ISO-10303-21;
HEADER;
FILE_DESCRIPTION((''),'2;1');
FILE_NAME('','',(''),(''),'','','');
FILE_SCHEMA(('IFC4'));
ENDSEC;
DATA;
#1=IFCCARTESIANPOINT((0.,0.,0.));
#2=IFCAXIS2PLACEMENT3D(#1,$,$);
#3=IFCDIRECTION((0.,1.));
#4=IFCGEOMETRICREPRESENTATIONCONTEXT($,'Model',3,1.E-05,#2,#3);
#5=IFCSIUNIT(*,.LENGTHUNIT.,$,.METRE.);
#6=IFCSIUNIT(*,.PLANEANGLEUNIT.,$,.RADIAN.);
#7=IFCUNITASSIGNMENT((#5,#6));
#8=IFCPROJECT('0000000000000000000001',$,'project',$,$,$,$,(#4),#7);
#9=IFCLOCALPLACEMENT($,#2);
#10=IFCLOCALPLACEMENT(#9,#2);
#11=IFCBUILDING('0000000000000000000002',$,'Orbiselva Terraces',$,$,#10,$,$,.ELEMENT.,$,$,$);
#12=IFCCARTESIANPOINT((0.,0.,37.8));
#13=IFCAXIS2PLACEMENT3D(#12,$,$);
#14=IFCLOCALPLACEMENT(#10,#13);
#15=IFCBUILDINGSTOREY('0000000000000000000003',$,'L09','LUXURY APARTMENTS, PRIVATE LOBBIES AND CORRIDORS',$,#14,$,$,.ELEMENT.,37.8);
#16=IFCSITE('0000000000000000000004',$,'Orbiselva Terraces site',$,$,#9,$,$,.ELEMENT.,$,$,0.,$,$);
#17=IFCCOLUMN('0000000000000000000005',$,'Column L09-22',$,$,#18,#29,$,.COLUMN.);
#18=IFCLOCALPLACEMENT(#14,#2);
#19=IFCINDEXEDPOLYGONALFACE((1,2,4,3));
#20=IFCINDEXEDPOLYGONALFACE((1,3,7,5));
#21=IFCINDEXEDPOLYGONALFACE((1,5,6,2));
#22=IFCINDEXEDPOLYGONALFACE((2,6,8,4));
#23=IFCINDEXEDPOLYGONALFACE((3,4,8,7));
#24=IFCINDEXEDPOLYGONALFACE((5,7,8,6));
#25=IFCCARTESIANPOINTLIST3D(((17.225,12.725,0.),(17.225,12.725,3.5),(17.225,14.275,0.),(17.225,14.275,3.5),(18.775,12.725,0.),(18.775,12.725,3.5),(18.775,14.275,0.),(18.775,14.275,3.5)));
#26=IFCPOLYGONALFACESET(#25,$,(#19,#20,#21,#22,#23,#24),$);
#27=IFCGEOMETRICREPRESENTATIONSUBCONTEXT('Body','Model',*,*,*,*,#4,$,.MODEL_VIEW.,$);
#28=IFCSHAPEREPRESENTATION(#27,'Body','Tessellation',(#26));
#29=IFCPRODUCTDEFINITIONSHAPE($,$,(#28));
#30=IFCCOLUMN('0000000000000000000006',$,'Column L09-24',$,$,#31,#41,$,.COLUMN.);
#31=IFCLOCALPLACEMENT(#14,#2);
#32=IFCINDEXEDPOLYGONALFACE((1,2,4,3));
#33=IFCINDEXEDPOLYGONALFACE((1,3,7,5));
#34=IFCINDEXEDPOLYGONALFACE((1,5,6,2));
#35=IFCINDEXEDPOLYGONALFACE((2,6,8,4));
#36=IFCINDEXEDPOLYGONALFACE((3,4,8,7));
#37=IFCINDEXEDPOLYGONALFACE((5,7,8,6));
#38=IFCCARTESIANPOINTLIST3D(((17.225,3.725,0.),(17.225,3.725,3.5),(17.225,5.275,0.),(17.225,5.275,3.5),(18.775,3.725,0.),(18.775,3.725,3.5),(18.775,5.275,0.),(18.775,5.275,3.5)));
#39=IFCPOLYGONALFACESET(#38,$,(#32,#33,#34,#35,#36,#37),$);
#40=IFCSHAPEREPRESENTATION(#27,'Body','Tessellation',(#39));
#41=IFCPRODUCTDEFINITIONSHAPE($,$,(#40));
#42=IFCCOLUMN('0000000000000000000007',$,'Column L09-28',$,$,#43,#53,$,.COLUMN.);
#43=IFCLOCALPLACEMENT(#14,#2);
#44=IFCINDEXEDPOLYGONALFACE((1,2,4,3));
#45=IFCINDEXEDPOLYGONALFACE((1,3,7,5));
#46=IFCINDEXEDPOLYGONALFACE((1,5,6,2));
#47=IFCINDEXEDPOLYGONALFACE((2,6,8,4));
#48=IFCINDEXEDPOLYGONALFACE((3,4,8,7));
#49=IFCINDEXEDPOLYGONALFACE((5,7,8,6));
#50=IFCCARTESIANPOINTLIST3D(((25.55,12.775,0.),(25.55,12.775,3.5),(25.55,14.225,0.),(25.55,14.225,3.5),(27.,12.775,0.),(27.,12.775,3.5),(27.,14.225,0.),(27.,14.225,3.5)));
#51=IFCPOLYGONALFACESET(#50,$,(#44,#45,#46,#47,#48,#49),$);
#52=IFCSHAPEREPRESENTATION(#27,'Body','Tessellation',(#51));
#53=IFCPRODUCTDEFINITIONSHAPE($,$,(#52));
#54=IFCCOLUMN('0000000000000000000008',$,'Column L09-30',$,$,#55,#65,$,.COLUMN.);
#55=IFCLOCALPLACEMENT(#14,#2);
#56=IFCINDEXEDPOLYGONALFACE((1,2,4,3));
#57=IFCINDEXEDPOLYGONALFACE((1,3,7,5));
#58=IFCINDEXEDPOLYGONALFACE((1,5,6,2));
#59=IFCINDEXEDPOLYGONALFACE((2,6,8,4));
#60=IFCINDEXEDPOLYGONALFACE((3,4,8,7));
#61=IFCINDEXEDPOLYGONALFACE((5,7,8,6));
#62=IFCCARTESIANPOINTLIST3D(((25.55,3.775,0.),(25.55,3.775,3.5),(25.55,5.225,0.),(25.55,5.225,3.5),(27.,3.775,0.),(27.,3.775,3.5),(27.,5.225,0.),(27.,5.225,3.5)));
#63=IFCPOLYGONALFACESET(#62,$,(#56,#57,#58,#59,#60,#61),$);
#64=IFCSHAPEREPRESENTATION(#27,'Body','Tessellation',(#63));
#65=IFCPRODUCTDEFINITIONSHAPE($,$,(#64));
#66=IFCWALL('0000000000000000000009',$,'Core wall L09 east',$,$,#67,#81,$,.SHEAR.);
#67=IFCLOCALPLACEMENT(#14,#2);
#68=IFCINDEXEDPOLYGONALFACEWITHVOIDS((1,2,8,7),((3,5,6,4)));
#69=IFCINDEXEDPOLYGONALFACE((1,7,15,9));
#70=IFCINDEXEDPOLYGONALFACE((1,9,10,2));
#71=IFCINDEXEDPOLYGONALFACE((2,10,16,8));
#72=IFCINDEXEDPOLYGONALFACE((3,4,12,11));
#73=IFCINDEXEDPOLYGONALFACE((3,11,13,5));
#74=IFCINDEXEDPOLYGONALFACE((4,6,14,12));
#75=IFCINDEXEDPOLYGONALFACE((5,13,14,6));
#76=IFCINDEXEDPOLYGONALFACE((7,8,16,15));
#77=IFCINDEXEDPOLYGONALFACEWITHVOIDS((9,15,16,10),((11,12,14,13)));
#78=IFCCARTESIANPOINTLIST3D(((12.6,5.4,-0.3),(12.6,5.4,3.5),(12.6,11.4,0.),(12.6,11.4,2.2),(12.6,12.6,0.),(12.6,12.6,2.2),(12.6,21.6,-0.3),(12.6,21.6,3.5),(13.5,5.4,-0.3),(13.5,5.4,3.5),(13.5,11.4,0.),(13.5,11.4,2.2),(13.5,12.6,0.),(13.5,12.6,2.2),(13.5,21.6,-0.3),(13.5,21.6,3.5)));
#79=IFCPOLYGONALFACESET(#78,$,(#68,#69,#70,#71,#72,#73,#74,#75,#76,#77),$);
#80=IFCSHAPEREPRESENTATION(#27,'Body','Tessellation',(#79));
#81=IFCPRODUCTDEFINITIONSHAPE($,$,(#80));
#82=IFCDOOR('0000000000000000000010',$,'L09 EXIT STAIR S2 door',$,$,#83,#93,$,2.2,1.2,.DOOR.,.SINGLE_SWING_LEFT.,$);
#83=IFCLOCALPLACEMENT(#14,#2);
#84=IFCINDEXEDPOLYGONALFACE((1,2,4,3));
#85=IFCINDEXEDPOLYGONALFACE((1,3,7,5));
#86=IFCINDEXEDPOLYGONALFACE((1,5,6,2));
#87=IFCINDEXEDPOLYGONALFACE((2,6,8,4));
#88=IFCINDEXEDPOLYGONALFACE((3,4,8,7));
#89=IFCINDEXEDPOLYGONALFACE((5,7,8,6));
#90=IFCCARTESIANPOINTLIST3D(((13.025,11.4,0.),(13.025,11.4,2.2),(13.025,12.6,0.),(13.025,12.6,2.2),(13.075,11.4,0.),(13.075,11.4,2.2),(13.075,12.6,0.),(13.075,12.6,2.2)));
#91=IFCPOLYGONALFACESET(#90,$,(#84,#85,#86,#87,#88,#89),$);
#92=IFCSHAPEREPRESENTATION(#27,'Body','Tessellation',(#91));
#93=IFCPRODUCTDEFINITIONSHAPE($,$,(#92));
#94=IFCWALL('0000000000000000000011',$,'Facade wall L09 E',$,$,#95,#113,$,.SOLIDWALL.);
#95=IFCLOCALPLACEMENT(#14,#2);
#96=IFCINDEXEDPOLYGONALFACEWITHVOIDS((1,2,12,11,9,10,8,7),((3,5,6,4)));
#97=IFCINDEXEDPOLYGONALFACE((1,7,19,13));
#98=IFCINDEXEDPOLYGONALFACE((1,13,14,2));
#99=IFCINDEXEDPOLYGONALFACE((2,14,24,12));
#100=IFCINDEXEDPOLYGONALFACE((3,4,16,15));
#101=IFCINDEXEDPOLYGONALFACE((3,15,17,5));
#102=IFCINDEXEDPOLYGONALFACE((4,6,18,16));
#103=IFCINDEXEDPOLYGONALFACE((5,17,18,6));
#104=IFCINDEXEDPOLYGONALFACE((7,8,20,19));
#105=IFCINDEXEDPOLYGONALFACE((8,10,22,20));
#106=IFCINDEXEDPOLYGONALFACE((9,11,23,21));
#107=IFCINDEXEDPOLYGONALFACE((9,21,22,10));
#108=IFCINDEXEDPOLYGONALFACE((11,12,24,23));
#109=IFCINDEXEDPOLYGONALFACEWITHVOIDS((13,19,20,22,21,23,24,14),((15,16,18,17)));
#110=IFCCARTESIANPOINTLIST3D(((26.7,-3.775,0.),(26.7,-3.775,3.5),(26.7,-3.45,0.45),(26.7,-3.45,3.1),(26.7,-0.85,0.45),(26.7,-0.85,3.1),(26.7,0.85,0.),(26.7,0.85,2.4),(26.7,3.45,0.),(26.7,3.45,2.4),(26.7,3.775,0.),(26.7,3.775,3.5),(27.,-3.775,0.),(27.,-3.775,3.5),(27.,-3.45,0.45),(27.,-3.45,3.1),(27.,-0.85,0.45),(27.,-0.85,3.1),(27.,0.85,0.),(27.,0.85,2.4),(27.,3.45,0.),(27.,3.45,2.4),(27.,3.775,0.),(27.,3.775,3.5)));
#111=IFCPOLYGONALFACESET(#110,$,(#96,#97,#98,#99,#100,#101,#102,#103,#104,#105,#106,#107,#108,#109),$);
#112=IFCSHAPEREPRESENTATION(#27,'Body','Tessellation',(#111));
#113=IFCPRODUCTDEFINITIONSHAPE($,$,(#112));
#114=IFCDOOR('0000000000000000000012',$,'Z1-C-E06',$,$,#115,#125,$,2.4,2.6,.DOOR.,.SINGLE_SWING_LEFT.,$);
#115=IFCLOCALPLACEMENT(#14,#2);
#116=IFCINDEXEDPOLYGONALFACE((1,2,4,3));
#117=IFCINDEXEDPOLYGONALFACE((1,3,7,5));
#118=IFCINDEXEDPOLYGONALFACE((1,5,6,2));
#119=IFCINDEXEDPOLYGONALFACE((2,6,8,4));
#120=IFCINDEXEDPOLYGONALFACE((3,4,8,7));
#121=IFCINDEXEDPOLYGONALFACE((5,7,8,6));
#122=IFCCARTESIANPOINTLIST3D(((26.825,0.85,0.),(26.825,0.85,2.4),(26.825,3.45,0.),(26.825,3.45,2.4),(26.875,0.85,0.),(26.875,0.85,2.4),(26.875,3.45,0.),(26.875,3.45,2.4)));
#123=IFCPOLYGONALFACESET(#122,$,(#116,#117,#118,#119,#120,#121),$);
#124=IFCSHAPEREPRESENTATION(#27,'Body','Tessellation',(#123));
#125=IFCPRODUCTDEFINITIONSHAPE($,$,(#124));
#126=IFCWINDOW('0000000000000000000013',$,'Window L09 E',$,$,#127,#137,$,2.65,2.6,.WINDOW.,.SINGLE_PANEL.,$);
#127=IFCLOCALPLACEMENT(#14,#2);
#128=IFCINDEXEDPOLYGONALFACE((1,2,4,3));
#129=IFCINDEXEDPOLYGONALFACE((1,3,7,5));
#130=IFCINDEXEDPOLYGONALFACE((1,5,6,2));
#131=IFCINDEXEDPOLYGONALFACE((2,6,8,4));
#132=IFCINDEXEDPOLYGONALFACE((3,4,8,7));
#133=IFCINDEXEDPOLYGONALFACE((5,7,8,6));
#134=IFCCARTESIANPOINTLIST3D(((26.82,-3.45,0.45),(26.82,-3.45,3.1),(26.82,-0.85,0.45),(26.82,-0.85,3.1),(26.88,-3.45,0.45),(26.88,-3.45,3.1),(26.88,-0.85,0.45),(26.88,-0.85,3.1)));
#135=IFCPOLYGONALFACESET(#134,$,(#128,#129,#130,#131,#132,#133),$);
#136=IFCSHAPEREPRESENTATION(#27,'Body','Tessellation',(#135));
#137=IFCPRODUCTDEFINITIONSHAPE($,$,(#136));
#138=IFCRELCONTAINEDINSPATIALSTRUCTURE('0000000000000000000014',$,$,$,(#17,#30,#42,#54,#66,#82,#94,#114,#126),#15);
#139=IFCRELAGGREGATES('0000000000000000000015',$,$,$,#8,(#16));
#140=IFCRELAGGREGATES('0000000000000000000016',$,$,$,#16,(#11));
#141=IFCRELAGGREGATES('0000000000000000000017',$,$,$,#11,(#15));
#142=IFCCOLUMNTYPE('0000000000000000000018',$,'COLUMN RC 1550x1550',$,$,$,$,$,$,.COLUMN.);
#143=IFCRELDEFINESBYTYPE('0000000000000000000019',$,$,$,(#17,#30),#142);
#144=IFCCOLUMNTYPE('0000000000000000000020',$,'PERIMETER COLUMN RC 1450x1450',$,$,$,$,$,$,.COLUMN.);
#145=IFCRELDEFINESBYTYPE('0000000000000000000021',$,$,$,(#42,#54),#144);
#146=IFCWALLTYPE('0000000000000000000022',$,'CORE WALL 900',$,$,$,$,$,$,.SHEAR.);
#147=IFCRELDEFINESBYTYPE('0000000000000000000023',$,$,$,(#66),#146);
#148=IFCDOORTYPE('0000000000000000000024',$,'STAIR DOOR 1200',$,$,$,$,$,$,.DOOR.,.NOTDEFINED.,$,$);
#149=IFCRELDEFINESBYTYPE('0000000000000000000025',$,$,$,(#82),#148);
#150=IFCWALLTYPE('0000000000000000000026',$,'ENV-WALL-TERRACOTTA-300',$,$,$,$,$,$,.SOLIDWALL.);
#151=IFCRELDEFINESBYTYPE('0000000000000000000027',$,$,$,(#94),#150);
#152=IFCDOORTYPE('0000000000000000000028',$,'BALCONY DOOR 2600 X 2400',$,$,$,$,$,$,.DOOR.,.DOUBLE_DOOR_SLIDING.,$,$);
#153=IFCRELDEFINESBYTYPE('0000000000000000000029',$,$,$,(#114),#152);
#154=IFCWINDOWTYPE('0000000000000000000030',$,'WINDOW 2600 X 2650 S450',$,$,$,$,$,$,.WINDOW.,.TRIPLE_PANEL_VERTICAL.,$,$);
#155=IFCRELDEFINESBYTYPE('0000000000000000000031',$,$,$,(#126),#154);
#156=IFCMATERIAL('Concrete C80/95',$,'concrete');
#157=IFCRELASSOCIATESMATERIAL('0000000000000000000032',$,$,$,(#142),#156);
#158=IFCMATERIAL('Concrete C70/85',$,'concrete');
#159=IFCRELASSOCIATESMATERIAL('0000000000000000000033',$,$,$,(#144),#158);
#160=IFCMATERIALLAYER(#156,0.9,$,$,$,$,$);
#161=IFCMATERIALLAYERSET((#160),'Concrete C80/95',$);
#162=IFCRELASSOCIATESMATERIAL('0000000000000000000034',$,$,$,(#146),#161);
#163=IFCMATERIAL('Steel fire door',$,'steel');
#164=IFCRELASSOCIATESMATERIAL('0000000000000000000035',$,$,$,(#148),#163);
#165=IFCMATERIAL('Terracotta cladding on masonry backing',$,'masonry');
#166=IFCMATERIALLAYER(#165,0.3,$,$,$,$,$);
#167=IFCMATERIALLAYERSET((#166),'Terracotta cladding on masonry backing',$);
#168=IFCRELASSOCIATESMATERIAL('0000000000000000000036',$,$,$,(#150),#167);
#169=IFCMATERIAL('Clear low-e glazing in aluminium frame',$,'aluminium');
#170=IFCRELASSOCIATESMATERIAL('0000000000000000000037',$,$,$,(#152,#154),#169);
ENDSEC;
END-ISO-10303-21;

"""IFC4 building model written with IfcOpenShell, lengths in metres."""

from ifc_helpers import new_model, si_unit, direction, frame, frame_2d, origin, origin_2d, place, context, subcontext, project, spatial, rectangle, extrude, material, layer, layer_set, material_profile, profile_set, type_object, element, fill, save


model = new_model("IFC4")

# Units and contexts
model_context = context("Model", 3, precision=1e-05, world=origin(), true_north=direction((0.0, 1.0)))
body_context = subcontext(model_context, "Body", "Model", "MODEL_VIEW")
ifc_project = project(units=[si_unit("LENGTHUNIT", "METRE"), si_unit("PLANEANGLEUNIT", "RADIAN")], contexts=[model_context])

# Site, building, storey
site_placement = place(None, origin())
site = spatial("IfcSite", under=ifc_project, at=site_placement, Name="Orbiselva Terraces site", CompositionType="ELEMENT", RefElevation=0.0)
building_placement = place(site_placement, origin())
building = spatial("IfcBuilding", under=site, at=building_placement, Name="Orbiselva Terraces", CompositionType="ELEMENT")
storey_placement = place(building_placement, frame((0.0, 0.0, 37.8)))
storey = spatial("IfcBuildingStorey", under=building, at=storey_placement, Name="L09", Description="LUXURY APARTMENTS, PRIVATE LOBBIES AND CORRIDORS", CompositionType="ELEMENT", Elevation=37.8)

# Columns
ifc_material_1 = material(Name="Concrete C80/95", Category="concrete")
ifc_material_profile_1 = material_profile(ifc_material_1, rectangle(XDim=1.55, YDim=1.55, at=origin_2d()), Name="RC 1550x1550")
ifc_profile_set_1 = profile_set([ifc_material_profile_1], Name="Concrete C80/95")
column_type_1 = type_object("IfcColumnType", Name="COLUMN RC 1550x1550", PredefinedType="COLUMN", material=ifc_profile_set_1)
for number, where, z_axis, x_axis, name in (
    (1, (18.0, 13.5, 0.0), (0.0, 0.0, 1.0), (1.0, 0.0, 0.0), "Column L09-22"),
    (2, (18.0, 4.5, 0.0), (0.0, 0.0, 1.0), (1.0, 0.0, 0.0), "Column L09-24"),
):
    element("IfcColumn", number, at=place(storey_placement, frame(where, z_axis=z_axis, x_axis=x_axis)), inside=storey, type_object=column_type_1, Name=name, PredefinedType="COLUMN", context=body_context, shape_type="SweptSolid", body=[
        extrude(rectangle(XDim=1.55, YDim=1.55, at=origin_2d()), origin(), (0.0, 0.0, 1.0), 3.5),
    ])
ifc_material_2 = material(Name="Concrete C70/85", Category="concrete")
ifc_material_profile_2 = material_profile(ifc_material_2, rectangle(XDim=1.45, YDim=1.45, at=origin_2d()), Name="RC 1450x1450")
ifc_profile_set_2 = profile_set([ifc_material_profile_2], Name="Concrete C70/85")
column_type_2 = type_object("IfcColumnType", Name="PERIMETER COLUMN RC 1450x1450", PredefinedType="COLUMN", material=ifc_profile_set_2)
for number, where, z_axis, x_axis, name in (
    (3, (26.275, 13.5, 0.0), (0.0, 0.0, 1.0), (1.0, 0.0, 0.0), "Column L09-28"),
    (4, (26.275, 4.5, 0.0), (0.0, 0.0, 1.0), (1.0, 0.0, 0.0), "Column L09-30"),
):
    element("IfcColumn", number, at=place(storey_placement, frame(where, z_axis=z_axis, x_axis=x_axis)), inside=storey, type_object=column_type_2, Name=name, PredefinedType="COLUMN", context=body_context, shape_type="SweptSolid", body=[
        extrude(rectangle(XDim=1.45, YDim=1.45, at=origin_2d()), origin(), (0.0, 0.0, 1.0), 3.5),
    ])

# Wall, opening, door
ifc_layer_1 = layer(ifc_material_1, 0.9)
ifc_layer_set_1 = layer_set([ifc_layer_1], Name="Concrete C80/95")
wall_type_1 = type_object("IfcWallType", Name="CORE WALL 900", PredefinedType="SHEAR", material=ifc_layer_set_1)
wall_1_placement = place(storey_placement, frame((13.05, 5.4, -0.3), z_axis=(0.0, 0.0, 1.0), x_axis=(0.0, 1.0, 0.0)))
wall_1 = element("IfcWall", 5, at=wall_1_placement, inside=storey, type_object=wall_type_1, Name="Core wall L09 east", PredefinedType="SHEAR", context=body_context, shape_type="SweptSolid", body=[
    extrude(rectangle(XDim=16.2, YDim=0.9, at=frame_2d((8.1, 0.0))), origin(), (0.0, 0.0, 1.0), 3.8),
])
opening_1_placement = place(wall_1_placement, frame((6.0, 0.0, 0.3)))
opening_1 = element("IfcOpeningElement", 6, at=opening_1_placement, cuts=wall_1, PredefinedType="OPENING", context=body_context, shape_type="SweptSolid", body=[
    extrude(rectangle(XDim=1.2, YDim=2.2, at=frame_2d((0.6, 1.1))), frame((0.0, 0.46, 0.0), z_axis=(0.0, -1.0, 0.0), x_axis=(1.0, 0.0, 0.0)), (0.0, 0.0, 1.0), 0.92),
])
ifc_material_3 = material(Name="Steel fire door", Category="steel")
door_type_1 = type_object("IfcDoorType", Name="STAIR DOOR 1200", OperationType="NOTDEFINED", PredefinedType="DOOR", material=ifc_material_3)
door_1_placement = place(opening_1_placement, frame((1.2, 0.0, 0.0), z_axis=(0.0, 0.0, 1.0), x_axis=(-1.0, 0.0, 0.0)))
door_1 = element("IfcDoor", 7, at=door_1_placement, inside=storey, type_object=door_type_1, Name="L09 EXIT STAIR S2 door", OperationType="SINGLE_SWING_LEFT", OverallHeight=2.2, OverallWidth=1.2, PredefinedType="DOOR", context=body_context, shape_type="SweptSolid", body=[
    extrude(rectangle(XDim=1.2, YDim=2.2, at=frame_2d((0.6, 1.1))), frame((0.0, 0.025, 0.0), z_axis=(0.0, -1.0, 0.0), x_axis=(1.0, 0.0, 0.0)), (0.0, 0.0, 1.0), 0.05),
])
fill(opening_1, door_1)

# Wall, openings, door, window
ifc_material_4 = material(Name="Terracotta cladding on masonry backing", Category="masonry")
ifc_layer_2 = layer(ifc_material_4, 0.3)
ifc_layer_set_2 = layer_set([ifc_layer_2], Name="Terracotta cladding on masonry backing")
wall_type_2 = type_object("IfcWallType", Name="ENV-WALL-TERRACOTTA-300", PredefinedType="SOLIDWALL", material=ifc_layer_set_2)
wall_2_placement = place(storey_placement, frame((26.85, 3.775, 0.0), z_axis=(0.0, 0.0, 1.0), x_axis=(0.0, -1.0, 0.0)))
wall_2 = element("IfcWall", 8, at=wall_2_placement, inside=storey, type_object=wall_type_2, Name="Facade wall L09 E", PredefinedType="SOLIDWALL", context=body_context, shape_type="SweptSolid", body=[
    extrude(rectangle(XDim=7.55, YDim=0.3, at=frame_2d((3.775, 0.0))), origin(), (0.0, 0.0, 1.0), 3.5),
])
opening_2_placement = place(wall_2_placement, frame((4.625, 0.0, 0.45)))
opening_2 = element("IfcOpeningElement", 9, at=opening_2_placement, cuts=wall_2, PredefinedType="OPENING", context=body_context, shape_type="SweptSolid", body=[
    extrude(rectangle(XDim=2.6, YDim=2.65, at=frame_2d((1.3, 1.325))), frame((0.0, 0.16, 0.0), z_axis=(0.0, -1.0, 0.0), x_axis=(1.0, 0.0, 0.0)), (0.0, 0.0, 1.0), 0.32),
])
opening_3_placement = place(wall_2_placement, frame((0.325, 0.0, 0.0)))
opening_3 = element("IfcOpeningElement", 10, at=opening_3_placement, cuts=wall_2, PredefinedType="OPENING", context=body_context, shape_type="SweptSolid", body=[
    extrude(rectangle(XDim=2.6, YDim=2.4, at=frame_2d((1.3, 1.2))), frame((0.0, 0.16, 0.0), z_axis=(0.0, -1.0, 0.0), x_axis=(1.0, 0.0, 0.0)), (0.0, 0.0, 1.0), 0.32),
])
ifc_material_5 = material(Name="Clear low-e glazing in aluminium frame", Category="aluminium")
door_type_2 = type_object("IfcDoorType", Name="BALCONY DOOR 2600 X 2400", OperationType="DOUBLE_DOOR_SLIDING", PredefinedType="DOOR", material=ifc_material_5)
door_2_placement = place(opening_3_placement, origin())
door_2 = element("IfcDoor", 11, at=door_2_placement, inside=storey, type_object=door_type_2, Name="Z1-C-E06", OperationType="SINGLE_SWING_LEFT", OverallHeight=2.4, OverallWidth=2.6, PredefinedType="DOOR", context=body_context, shape_type="SweptSolid", body=[
    extrude(rectangle(XDim=2.6, YDim=2.4, at=frame_2d((1.3, 1.2))), frame((0.0, 0.025, 0.0), z_axis=(0.0, -1.0, 0.0), x_axis=(1.0, 0.0, 0.0)), (0.0, 0.0, 1.0), 0.05),
])
fill(opening_3, door_2)
window_type = type_object("IfcWindowType", Name="WINDOW 2600 X 2650 S450", PartitioningType="TRIPLE_PANEL_VERTICAL", PredefinedType="WINDOW", material=ifc_material_5)
window_1_placement = place(opening_2_placement, origin())
window_1 = element("IfcWindow", 12, at=window_1_placement, inside=storey, type_object=window_type, Name="Window L09 E", OverallHeight=2.65, OverallWidth=2.6, PartitioningType="SINGLE_PANEL", PredefinedType="WINDOW", context=body_context, shape_type="SweptSolid", body=[
    extrude(rectangle(XDim=2.6, YDim=2.65, at=frame_2d((1.3, 1.325))), frame((0.0, 0.03, 0.0), z_axis=(0.0, -1.0, 0.0), x_axis=(1.0, 0.0, 0.0)), (0.0, 0.0, 1.0), 0.06),
])
fill(opening_2, window_1)

save(model, "model.ifc")
